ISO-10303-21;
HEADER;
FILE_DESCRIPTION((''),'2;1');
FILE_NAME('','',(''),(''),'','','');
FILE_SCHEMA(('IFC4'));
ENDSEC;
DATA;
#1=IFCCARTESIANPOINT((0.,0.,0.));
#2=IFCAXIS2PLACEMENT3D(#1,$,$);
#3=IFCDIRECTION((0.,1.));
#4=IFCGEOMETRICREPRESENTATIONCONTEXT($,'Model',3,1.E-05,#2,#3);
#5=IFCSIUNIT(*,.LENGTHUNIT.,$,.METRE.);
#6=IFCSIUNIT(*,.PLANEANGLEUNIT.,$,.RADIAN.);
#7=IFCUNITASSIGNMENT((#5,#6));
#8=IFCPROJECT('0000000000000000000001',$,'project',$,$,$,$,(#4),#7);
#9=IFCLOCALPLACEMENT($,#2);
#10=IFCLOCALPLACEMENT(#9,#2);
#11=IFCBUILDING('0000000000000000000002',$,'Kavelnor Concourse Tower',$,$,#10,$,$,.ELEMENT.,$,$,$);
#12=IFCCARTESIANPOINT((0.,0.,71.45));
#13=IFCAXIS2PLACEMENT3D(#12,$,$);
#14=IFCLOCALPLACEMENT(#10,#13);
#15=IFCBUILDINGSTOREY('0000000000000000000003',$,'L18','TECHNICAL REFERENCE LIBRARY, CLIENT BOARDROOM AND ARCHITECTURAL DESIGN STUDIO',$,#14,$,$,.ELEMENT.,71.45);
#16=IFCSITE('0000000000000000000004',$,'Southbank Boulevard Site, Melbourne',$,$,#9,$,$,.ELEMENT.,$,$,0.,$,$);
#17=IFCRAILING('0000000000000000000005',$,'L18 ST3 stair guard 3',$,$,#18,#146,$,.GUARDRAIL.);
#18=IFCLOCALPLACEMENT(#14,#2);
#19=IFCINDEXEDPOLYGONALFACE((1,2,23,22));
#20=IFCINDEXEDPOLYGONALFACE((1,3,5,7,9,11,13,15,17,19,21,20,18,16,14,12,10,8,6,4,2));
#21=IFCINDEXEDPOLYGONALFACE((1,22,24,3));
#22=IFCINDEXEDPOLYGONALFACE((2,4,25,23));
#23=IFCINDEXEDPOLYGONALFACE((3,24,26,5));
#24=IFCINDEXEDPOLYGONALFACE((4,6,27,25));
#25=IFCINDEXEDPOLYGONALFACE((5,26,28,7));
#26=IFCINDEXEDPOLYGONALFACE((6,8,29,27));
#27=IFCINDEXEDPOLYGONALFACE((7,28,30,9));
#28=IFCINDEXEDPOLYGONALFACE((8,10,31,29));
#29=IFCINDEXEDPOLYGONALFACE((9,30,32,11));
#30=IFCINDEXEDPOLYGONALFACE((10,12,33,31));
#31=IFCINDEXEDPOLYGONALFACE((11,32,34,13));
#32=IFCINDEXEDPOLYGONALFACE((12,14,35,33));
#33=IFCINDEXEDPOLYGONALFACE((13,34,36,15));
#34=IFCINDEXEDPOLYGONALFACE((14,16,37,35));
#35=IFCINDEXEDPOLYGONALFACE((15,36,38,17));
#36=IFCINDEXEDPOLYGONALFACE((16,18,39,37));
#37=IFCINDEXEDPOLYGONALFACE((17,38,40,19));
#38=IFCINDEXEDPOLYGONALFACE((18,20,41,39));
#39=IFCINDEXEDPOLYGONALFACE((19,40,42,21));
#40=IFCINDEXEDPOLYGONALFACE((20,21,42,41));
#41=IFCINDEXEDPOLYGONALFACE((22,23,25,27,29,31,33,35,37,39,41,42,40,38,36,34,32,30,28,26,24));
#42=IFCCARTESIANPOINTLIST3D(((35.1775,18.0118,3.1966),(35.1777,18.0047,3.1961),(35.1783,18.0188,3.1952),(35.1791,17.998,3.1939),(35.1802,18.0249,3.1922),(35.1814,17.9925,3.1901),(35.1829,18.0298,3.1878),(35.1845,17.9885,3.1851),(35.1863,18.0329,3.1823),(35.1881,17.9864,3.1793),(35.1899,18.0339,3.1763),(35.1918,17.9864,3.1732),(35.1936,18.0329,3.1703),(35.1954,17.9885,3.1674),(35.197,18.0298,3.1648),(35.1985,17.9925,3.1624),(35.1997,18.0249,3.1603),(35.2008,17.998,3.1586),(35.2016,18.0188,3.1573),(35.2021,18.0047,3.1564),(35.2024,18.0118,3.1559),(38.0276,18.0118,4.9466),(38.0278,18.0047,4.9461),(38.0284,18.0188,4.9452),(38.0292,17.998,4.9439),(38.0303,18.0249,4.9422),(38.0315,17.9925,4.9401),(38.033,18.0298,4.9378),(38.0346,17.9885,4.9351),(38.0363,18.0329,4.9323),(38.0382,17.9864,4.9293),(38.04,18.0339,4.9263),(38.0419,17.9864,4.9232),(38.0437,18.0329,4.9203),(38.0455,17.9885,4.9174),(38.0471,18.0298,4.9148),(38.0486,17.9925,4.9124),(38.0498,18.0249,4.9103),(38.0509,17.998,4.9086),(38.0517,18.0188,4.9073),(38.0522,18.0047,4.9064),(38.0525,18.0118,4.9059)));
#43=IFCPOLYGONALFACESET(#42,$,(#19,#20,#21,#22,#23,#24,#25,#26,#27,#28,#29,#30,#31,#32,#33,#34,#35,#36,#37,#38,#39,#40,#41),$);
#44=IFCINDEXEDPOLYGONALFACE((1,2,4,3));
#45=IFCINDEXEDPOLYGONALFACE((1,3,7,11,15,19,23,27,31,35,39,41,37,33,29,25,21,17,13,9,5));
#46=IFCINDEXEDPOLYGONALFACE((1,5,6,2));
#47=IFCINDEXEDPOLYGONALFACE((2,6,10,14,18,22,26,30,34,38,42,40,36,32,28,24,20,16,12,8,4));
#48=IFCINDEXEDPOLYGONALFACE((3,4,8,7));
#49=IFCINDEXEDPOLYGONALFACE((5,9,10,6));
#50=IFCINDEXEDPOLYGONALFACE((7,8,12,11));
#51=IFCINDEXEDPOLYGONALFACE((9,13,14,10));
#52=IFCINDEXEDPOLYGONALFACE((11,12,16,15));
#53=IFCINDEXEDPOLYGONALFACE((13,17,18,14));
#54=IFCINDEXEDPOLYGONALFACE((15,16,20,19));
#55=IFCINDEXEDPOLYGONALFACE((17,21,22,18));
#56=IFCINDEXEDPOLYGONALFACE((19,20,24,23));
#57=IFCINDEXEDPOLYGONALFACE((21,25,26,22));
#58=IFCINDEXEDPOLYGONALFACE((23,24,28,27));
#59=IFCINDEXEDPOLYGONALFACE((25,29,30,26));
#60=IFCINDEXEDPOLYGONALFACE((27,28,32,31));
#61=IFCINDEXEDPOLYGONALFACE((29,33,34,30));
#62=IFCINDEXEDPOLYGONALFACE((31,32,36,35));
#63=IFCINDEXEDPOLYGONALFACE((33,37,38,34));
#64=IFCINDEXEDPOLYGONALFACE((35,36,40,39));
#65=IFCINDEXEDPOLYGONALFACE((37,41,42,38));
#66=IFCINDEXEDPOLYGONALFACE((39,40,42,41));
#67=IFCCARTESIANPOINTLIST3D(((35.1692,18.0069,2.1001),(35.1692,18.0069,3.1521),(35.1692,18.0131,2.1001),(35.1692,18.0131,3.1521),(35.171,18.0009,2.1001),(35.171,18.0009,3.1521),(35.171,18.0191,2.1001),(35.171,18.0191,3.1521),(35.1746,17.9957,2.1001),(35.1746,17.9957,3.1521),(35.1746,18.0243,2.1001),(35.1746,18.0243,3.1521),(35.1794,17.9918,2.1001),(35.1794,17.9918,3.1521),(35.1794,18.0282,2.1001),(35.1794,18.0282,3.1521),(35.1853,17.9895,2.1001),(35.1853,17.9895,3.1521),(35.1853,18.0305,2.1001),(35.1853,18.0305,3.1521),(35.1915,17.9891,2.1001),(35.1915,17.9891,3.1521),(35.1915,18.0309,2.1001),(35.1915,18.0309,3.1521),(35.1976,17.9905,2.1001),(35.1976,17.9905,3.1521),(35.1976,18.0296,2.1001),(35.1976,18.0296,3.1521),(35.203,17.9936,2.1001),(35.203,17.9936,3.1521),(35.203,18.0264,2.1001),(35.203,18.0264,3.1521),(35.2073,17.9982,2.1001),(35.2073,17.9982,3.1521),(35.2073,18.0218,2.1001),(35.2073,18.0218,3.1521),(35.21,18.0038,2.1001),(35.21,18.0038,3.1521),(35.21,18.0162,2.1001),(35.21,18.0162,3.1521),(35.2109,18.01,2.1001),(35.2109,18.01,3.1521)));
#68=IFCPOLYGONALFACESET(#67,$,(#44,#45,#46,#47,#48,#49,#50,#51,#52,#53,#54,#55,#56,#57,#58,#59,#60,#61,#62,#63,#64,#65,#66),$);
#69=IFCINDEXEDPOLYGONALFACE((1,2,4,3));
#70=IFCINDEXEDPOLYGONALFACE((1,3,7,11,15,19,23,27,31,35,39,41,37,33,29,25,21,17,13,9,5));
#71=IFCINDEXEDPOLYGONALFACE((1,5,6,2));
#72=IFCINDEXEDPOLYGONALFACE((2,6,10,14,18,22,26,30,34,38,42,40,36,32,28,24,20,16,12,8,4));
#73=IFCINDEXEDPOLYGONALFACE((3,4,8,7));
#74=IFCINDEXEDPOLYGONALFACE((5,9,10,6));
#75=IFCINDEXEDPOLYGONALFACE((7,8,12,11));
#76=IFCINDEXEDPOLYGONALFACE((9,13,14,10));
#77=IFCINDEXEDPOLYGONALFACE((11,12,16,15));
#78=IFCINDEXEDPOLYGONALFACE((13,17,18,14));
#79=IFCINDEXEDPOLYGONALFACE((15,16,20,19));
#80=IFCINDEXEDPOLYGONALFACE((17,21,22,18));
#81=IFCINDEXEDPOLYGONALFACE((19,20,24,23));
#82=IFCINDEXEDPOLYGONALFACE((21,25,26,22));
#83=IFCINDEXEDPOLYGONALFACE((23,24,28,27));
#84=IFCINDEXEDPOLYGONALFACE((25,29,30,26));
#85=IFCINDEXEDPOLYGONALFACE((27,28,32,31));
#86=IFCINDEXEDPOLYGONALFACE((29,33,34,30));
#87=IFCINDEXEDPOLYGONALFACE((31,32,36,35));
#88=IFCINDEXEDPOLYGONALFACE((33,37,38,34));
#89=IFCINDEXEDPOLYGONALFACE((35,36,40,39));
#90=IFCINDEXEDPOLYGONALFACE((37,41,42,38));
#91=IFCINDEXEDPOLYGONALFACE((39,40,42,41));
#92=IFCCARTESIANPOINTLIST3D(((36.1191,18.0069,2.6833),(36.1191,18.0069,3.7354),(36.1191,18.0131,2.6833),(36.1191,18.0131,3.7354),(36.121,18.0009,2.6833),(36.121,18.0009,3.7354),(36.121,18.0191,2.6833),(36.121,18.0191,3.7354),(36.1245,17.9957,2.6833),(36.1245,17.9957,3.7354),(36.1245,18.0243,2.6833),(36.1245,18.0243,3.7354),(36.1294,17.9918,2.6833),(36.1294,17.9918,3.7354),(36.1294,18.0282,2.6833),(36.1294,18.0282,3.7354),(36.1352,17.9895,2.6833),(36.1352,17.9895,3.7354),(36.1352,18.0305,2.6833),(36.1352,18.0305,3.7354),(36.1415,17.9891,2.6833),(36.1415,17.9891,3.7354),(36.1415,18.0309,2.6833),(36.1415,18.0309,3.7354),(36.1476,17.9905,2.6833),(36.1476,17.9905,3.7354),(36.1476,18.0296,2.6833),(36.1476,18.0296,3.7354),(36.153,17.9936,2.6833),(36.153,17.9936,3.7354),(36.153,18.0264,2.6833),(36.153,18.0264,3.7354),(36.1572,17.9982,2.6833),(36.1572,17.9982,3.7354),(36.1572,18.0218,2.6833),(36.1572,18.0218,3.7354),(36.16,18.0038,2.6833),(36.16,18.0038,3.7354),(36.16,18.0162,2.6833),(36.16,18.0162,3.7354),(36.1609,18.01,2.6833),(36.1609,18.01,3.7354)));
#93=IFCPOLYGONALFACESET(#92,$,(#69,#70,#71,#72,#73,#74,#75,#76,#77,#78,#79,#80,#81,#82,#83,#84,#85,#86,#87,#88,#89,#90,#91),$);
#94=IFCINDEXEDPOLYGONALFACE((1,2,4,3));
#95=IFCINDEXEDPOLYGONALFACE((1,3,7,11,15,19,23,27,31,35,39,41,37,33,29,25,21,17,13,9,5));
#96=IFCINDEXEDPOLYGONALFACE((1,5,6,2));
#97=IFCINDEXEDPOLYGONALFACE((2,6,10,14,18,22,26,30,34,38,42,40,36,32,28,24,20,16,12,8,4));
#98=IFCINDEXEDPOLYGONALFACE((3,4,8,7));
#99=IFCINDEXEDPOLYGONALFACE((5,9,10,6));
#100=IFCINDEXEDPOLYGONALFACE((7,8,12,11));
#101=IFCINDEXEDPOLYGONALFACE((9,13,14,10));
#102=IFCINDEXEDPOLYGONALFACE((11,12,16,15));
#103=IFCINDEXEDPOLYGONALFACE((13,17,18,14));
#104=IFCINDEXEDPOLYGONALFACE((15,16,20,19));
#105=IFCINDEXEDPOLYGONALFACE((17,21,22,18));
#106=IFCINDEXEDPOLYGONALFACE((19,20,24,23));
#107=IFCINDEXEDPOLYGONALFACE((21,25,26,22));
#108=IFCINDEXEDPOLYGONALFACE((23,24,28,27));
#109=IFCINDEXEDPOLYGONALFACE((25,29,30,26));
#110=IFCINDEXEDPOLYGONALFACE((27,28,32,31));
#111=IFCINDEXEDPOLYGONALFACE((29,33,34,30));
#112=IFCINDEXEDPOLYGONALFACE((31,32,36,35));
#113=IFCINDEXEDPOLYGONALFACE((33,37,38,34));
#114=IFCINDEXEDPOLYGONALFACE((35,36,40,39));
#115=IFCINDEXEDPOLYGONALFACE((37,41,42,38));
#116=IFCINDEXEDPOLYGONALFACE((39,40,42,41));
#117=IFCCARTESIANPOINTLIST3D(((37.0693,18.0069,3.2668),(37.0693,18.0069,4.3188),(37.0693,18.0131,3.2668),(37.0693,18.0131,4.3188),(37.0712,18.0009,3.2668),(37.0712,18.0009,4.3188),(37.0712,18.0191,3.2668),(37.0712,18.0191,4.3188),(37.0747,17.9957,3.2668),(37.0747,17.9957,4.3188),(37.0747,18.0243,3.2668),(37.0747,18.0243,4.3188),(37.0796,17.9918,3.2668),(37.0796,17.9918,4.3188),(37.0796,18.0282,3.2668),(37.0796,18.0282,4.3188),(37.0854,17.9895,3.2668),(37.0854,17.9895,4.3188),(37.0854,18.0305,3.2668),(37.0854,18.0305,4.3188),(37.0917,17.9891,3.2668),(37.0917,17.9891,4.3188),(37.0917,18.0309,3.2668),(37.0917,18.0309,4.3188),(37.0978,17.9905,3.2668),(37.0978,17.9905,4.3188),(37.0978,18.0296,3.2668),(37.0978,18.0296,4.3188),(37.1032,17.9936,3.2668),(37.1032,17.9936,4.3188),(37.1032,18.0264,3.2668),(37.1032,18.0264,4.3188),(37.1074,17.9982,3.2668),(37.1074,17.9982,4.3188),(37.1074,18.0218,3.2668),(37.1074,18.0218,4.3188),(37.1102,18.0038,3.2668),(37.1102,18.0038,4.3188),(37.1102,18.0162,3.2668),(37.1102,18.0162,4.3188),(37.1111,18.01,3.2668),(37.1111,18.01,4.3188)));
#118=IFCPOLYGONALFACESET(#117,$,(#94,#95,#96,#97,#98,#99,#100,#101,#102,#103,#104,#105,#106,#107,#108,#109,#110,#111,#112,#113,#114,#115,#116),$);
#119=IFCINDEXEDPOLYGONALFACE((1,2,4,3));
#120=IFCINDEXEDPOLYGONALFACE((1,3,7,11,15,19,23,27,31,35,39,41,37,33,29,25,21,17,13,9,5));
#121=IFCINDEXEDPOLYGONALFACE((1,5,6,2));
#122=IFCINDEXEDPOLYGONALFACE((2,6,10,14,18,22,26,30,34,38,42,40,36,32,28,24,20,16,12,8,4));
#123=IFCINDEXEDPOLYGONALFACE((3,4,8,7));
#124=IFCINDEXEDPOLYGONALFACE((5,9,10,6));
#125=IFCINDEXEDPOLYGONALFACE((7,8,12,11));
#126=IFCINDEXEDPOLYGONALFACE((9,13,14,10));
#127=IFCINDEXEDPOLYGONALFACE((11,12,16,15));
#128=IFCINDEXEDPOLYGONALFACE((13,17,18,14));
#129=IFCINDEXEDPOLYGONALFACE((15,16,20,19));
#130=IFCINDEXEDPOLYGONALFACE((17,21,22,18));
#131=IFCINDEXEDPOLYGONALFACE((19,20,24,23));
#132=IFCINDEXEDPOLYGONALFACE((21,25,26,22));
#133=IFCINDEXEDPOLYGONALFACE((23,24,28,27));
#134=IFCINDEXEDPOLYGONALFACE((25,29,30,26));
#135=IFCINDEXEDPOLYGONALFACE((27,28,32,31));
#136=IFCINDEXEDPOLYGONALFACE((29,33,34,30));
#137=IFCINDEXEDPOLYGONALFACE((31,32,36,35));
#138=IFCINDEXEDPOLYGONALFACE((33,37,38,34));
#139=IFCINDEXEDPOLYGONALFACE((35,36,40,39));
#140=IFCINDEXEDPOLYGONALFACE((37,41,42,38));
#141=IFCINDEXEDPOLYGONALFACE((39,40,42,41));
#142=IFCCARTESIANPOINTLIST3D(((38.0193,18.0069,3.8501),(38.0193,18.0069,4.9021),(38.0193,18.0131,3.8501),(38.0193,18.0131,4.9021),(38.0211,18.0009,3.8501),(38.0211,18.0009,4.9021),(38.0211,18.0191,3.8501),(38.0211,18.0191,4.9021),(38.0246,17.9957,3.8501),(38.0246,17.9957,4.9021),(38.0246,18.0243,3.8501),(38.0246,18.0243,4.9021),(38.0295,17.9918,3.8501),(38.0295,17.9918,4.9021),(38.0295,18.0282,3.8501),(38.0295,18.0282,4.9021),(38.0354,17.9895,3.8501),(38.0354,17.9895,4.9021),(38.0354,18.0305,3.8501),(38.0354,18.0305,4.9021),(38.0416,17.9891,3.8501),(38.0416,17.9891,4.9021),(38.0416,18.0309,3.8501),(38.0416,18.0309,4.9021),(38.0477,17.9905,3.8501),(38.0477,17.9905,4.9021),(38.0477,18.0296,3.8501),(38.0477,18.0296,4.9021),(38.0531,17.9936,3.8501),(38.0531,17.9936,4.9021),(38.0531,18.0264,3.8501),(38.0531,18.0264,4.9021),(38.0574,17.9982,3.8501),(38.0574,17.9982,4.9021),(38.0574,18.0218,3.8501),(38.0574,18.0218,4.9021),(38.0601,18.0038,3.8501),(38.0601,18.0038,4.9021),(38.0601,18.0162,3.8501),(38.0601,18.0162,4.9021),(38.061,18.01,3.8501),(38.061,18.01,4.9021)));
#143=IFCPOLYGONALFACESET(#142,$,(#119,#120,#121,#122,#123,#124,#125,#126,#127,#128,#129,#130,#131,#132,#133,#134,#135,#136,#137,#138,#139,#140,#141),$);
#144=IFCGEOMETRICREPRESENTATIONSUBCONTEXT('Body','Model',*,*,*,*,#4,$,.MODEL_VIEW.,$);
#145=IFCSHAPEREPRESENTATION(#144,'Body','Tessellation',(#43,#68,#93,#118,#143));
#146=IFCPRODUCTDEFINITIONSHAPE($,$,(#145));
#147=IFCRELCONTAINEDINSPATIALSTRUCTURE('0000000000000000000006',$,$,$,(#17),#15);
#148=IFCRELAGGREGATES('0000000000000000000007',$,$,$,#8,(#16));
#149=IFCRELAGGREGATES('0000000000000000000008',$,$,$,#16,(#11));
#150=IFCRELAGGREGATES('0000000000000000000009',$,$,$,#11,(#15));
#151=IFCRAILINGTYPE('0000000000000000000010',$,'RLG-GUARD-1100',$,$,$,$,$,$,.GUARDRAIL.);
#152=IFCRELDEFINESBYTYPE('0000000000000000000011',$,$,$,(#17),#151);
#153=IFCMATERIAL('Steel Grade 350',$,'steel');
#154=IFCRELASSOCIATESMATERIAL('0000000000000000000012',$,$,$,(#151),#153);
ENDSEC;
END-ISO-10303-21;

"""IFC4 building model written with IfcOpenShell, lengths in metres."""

from ifc_helpers import new_model, si_unit, direction, frame, origin, origin_2d, place, context, subcontext, project, spatial, circle, extrude, material, type_object, element, save


model = new_model("IFC4")

# Units and contexts
model_context = context("Model", 3, precision=1e-05, world=origin(), true_north=direction((0.0, 1.0)))
body_context = subcontext(model_context, "Body", "Model", "MODEL_VIEW")
ifc_project = project(units=[si_unit("LENGTHUNIT", "METRE"), si_unit("PLANEANGLEUNIT", "RADIAN")], contexts=[model_context])

# Site, building, storey
site_placement = place(None, origin())
site = spatial("IfcSite", under=ifc_project, at=site_placement, Name="Southbank Boulevard Site, Melbourne", CompositionType="ELEMENT", RefElevation=0.0)
building_placement = place(site_placement, origin())
building = spatial("IfcBuilding", under=site, at=building_placement, Name="Kavelnor Concourse Tower", CompositionType="ELEMENT")
storey_placement = place(building_placement, frame((0.0, 0.0, 71.45)))
storey = spatial("IfcBuildingStorey", under=building, at=storey_placement, Name="L18", Description="TECHNICAL REFERENCE LIBRARY, CLIENT BOARDROOM AND ARCHITECTURAL DESIGN STUDIO", CompositionType="ELEMENT", Elevation=71.45)

# Shared definitions
ifc_material_1 = material(Name="Steel Grade 350", Category="steel")

# Railing
railing_type_1 = type_object("IfcRailingType", Name="RLG-GUARD-1100", PredefinedType="GUARDRAIL", material=ifc_material_1)
railing_1_placement = place(storey_placement, frame((35.1899, 18.01, 2.1001)))
element("IfcRailing", 1, at=railing_1_placement, inside=storey, type_object=railing_type_1, Name="L18 ST3 stair guard 3", PredefinedType="GUARDRAIL", context=body_context, shape_type="SweptSolid", body=[
    extrude(circle(Radius=0.0239, at=origin_2d()), frame((0.0, 0.0, 1.0762), z_axis=(0.852179, 0.0, 0.52325), x_axis=(0.0, 1.0, 0.0)), (0.0, 0.0, 1.0), 3.3445),
    extrude(circle(Radius=0.021, at=origin_2d()), origin(), (0.0, 0.0, 1.0), 1.052),
    extrude(circle(Radius=0.021, at=origin_2d()), frame((0.95, 0.0, 0.5833)), (0.0, 0.0, 1.0), 1.052),
    extrude(circle(Radius=0.021, at=origin_2d()), frame((1.9001, 0.0, 1.1667)), (0.0, 0.0, 1.0), 1.052),
    extrude(circle(Radius=0.021, at=origin_2d()), frame((2.8501, 0.0, 1.75)), (0.0, 0.0, 1.0), 1.052),
])

save(model, "model.ifc")
